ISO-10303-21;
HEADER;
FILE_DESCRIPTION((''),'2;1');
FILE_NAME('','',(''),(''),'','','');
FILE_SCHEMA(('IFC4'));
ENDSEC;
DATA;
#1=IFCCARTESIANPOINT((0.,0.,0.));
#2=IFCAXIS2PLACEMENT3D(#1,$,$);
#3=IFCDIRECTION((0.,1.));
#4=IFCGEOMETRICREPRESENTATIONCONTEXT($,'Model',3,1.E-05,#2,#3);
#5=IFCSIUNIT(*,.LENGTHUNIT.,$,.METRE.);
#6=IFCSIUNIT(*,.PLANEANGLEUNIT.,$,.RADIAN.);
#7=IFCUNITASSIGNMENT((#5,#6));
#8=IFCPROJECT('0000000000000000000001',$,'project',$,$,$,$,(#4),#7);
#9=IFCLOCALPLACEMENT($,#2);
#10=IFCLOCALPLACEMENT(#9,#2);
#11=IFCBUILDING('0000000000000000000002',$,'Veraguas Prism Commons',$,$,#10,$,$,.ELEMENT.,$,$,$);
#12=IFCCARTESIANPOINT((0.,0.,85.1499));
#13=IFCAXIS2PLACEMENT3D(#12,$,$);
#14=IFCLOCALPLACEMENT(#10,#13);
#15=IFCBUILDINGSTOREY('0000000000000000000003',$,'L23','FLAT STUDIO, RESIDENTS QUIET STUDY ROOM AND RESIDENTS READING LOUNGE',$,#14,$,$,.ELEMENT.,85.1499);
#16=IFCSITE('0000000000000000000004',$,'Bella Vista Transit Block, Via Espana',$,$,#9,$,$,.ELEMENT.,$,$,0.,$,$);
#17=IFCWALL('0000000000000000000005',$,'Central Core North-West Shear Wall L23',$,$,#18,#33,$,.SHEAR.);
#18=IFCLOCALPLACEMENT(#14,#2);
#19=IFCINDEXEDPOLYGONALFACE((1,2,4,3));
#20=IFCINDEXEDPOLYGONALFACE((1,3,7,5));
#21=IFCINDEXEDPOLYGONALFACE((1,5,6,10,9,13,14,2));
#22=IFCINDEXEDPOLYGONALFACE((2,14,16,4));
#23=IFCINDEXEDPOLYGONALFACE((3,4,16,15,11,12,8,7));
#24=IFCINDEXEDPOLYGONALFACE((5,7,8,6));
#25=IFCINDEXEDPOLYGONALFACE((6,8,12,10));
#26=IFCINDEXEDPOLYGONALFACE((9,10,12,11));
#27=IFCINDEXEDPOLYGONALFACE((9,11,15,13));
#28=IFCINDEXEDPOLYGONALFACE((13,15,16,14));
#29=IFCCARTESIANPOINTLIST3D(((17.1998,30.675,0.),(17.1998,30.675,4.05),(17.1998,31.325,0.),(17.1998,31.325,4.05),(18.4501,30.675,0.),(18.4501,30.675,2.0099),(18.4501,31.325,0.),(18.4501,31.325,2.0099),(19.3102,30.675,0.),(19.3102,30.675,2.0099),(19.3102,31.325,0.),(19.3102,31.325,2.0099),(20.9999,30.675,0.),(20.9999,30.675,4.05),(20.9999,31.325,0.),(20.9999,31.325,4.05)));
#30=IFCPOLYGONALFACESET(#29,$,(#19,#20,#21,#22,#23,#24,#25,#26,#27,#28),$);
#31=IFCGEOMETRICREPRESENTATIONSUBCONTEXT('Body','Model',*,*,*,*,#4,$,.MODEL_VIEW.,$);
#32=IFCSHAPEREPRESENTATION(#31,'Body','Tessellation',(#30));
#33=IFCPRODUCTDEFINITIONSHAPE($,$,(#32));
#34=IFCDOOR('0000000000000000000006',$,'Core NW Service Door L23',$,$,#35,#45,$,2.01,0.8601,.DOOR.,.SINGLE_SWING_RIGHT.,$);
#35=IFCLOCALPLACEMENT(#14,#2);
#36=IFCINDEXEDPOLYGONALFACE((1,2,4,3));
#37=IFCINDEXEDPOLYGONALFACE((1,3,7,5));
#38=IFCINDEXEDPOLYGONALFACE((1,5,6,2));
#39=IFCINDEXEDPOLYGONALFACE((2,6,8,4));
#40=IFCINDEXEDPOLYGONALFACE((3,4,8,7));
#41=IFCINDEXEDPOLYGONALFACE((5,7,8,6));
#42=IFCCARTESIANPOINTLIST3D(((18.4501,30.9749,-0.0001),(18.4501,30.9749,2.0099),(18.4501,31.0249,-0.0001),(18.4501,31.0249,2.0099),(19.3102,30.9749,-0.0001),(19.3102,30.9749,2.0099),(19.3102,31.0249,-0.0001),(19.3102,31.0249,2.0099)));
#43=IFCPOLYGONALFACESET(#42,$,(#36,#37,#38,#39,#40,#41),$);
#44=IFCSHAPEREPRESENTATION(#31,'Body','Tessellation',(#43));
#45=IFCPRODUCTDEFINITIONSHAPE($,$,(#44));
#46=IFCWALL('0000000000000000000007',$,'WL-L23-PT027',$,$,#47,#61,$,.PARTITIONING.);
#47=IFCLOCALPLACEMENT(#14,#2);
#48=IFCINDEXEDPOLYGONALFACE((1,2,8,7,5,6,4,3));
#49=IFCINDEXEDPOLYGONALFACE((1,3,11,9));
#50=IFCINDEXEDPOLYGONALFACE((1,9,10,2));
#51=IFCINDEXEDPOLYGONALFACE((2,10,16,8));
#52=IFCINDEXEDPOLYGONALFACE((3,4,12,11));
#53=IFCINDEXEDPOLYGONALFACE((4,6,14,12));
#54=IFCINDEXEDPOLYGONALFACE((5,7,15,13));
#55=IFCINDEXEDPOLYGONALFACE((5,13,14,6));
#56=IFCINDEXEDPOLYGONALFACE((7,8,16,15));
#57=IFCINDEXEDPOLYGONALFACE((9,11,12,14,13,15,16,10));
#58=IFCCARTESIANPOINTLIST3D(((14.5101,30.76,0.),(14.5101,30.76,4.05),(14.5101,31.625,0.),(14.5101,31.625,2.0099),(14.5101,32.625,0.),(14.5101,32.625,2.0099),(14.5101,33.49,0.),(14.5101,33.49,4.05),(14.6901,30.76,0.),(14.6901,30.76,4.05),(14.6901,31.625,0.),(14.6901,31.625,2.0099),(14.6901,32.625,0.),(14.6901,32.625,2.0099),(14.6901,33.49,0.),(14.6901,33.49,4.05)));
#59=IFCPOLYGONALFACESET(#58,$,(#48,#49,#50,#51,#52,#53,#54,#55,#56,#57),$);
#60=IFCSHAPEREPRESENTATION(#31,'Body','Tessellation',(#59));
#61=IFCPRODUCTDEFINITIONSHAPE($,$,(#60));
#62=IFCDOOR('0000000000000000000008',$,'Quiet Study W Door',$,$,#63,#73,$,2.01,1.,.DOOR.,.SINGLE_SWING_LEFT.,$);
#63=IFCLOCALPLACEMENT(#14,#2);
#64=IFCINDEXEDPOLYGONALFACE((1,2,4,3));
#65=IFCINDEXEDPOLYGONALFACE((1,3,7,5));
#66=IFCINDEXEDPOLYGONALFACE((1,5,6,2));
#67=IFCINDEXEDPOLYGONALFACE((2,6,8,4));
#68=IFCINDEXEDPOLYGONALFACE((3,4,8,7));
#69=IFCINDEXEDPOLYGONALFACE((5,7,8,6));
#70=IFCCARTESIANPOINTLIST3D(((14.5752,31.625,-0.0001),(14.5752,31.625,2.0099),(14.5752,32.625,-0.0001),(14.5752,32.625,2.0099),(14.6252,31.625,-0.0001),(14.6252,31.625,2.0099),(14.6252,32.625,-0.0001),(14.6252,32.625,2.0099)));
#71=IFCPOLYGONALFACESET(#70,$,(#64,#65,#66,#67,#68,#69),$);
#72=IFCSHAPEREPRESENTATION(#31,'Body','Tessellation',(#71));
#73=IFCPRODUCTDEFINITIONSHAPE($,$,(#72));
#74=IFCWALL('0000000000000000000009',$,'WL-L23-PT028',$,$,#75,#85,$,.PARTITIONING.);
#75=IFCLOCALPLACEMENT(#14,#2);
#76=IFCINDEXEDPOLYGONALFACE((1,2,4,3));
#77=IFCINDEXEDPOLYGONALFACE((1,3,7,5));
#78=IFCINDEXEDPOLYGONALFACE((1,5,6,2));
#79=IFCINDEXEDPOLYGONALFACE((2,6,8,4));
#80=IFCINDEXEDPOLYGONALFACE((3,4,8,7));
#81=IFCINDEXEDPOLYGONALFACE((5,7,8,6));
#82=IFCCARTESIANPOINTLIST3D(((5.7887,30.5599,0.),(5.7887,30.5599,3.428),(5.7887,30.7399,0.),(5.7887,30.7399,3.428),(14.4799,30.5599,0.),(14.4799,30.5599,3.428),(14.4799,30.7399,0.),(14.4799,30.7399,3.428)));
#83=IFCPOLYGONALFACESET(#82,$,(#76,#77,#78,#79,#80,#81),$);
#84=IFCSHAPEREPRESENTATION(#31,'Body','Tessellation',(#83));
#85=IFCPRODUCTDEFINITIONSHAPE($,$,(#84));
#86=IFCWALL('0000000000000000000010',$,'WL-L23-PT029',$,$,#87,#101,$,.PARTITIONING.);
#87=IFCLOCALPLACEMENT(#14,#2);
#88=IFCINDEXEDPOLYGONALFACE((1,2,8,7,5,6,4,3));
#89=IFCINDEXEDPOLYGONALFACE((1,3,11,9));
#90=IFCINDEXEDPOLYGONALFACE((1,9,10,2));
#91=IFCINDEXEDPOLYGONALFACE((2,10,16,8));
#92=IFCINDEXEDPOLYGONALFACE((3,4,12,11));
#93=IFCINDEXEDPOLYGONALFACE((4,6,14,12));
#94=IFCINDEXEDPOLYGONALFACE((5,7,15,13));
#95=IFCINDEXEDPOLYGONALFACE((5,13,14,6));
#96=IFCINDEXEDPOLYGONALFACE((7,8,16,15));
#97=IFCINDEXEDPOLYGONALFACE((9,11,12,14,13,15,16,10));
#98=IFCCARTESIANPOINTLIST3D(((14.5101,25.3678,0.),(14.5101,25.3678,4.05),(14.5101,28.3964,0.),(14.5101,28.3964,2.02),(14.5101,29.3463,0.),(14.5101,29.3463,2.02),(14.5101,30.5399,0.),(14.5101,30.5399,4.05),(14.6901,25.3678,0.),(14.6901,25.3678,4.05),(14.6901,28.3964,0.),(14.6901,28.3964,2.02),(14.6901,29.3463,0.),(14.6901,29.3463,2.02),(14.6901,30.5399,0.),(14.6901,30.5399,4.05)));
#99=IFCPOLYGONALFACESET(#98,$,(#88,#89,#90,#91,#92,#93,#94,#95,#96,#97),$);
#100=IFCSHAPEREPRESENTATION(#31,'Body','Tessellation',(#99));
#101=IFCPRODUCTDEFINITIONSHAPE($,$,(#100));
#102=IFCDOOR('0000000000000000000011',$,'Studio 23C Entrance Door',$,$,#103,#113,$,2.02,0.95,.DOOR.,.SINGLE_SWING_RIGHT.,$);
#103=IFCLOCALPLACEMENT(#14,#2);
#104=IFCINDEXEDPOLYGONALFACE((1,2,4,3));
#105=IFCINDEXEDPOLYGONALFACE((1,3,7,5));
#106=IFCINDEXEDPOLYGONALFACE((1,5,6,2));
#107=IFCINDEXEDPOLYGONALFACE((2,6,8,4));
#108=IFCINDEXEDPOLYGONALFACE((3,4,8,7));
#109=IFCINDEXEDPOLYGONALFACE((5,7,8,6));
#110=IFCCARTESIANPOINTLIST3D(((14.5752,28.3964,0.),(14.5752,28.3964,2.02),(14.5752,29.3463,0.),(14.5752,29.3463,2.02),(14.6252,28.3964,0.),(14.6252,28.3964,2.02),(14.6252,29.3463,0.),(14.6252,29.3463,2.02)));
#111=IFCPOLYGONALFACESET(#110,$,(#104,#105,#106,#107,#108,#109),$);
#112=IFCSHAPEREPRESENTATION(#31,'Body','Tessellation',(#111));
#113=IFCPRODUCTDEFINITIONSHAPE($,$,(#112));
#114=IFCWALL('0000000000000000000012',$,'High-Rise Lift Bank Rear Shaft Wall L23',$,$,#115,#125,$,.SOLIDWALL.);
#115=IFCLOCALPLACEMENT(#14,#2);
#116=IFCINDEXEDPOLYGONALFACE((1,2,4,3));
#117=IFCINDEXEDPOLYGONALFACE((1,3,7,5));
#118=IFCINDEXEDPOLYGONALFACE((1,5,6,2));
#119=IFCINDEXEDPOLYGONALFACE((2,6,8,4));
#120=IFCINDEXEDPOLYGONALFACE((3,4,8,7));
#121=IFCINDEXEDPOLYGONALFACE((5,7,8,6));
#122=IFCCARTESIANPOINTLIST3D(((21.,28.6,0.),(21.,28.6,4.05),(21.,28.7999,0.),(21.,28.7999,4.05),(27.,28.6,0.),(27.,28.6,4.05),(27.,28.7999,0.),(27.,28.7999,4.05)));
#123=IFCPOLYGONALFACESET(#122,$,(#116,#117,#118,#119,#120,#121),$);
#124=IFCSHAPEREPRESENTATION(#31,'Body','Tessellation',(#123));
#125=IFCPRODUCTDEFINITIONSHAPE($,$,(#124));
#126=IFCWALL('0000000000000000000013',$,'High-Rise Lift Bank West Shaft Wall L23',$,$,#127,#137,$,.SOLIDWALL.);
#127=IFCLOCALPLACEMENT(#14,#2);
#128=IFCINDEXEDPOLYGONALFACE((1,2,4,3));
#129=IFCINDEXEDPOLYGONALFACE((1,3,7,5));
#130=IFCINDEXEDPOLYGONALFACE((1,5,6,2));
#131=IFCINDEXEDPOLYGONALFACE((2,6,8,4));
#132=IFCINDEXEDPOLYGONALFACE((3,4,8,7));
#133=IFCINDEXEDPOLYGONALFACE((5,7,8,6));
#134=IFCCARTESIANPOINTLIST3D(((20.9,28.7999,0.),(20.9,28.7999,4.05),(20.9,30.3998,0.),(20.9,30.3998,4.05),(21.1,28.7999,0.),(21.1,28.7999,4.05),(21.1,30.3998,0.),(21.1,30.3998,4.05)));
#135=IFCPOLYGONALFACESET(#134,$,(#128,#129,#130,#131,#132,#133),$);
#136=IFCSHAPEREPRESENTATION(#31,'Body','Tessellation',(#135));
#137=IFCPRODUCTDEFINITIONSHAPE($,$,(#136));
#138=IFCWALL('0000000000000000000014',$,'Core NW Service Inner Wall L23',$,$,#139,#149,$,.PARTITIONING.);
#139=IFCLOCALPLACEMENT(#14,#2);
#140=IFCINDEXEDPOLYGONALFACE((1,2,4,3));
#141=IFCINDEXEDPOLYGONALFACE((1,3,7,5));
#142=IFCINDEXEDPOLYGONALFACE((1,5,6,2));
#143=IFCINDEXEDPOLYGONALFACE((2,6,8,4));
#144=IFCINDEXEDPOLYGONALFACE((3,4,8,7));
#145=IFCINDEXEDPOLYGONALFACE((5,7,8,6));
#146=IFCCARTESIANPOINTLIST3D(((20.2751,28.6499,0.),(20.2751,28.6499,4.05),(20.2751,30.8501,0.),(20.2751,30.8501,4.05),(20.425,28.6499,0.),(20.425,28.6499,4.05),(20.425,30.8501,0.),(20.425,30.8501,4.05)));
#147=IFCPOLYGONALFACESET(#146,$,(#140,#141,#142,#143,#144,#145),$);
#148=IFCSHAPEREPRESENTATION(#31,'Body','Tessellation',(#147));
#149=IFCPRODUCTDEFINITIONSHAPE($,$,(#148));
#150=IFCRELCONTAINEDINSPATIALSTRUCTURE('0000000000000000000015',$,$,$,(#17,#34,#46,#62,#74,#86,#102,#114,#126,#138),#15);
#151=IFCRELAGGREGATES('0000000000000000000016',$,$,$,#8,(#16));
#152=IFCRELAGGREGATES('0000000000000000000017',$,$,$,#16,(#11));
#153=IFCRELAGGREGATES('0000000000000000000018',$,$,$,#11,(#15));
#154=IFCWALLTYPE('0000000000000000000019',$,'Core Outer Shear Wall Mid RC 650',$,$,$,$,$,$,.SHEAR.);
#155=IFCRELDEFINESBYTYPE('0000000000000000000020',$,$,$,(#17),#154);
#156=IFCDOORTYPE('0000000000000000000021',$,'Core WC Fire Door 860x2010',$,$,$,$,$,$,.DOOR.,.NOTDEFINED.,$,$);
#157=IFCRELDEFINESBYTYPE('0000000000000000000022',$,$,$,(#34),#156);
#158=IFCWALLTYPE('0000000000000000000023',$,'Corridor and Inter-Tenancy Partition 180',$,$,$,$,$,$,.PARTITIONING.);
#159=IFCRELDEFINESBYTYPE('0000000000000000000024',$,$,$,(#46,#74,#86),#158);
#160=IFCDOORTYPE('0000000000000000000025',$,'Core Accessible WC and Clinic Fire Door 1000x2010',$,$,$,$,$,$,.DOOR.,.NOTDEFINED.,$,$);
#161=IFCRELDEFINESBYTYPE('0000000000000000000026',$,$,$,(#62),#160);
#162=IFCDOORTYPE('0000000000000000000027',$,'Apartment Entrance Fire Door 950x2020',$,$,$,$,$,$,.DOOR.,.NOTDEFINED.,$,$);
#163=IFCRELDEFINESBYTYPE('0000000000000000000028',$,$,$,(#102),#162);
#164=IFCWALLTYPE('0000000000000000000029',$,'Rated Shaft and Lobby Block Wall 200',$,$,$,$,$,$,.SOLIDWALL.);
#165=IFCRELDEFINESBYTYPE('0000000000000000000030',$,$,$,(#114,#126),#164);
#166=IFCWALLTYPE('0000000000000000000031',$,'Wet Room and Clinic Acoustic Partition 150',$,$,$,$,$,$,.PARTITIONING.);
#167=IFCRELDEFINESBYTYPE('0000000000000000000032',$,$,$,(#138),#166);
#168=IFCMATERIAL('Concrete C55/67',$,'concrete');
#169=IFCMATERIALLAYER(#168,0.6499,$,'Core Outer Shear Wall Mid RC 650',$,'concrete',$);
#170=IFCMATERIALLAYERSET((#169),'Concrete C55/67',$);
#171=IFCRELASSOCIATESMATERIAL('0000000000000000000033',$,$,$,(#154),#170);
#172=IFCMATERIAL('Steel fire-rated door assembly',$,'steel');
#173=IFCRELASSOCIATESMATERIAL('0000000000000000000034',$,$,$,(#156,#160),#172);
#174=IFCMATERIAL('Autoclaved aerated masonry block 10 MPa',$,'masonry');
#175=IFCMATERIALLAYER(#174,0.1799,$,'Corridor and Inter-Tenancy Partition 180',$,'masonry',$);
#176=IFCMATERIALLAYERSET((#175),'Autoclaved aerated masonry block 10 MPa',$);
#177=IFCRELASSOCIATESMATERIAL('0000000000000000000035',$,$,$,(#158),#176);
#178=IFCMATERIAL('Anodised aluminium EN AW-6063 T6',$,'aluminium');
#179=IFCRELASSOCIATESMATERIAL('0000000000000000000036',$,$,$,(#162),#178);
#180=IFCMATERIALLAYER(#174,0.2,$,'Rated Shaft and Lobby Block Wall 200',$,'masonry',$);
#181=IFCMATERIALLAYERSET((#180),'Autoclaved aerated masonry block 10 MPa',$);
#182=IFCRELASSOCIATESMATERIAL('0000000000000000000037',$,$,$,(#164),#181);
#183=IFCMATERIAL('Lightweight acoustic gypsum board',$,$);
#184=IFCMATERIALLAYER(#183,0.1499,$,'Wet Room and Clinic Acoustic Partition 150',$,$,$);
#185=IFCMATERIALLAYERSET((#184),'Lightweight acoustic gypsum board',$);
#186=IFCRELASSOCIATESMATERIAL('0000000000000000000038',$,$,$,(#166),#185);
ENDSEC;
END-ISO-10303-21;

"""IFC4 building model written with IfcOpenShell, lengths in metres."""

from ifc_helpers import new_model, si_unit, direction, frame, frame_2d, origin, place, context, subcontext, project, spatial, rectangle, extrude, source, transform, mapped, material, layer, layer_set, type_object, element, fill, save


model = new_model("IFC4")

# Units and contexts
model_context = context("Model", 3, precision=1e-05, world=origin(), true_north=direction((0.0, 1.0)))
body_context = subcontext(model_context, "Body", "Model", "MODEL_VIEW")
ifc_project = project(units=[si_unit("LENGTHUNIT", "METRE"), si_unit("PLANEANGLEUNIT", "RADIAN")], contexts=[model_context])

# Site, building, storey
site_placement = place(None, origin())
site = spatial("IfcSite", under=ifc_project, at=site_placement, Name="Bella Vista Transit Block, Via Espana", CompositionType="ELEMENT", RefElevation=0.0)
building_placement = place(site_placement, origin())
building = spatial("IfcBuilding", under=site, at=building_placement, Name="Veraguas Prism Commons", CompositionType="ELEMENT")
storey_placement = place(building_placement, frame((0.0, 0.0, 85.1499)))
storey = spatial("IfcBuildingStorey", under=building, at=storey_placement, Name="L23", Description="FLAT STUDIO, RESIDENTS QUIET STUDY ROOM AND RESIDENTS READING LOUNGE", CompositionType="ELEMENT", Elevation=85.1499)

# Walls, openings, doors
ifc_material_1 = material(Name="Concrete C55/67", Category="concrete")
ifc_layer_1 = layer(ifc_material_1, 0.6499, Name="Core Outer Shear Wall Mid RC 650", Category="concrete")
ifc_layer_set_1 = layer_set([ifc_layer_1], Name="Concrete C55/67")
wall_type_1 = type_object("IfcWallType", Name="Core Outer Shear Wall Mid RC 650", PredefinedType="SHEAR", material=ifc_layer_set_1)
wall_1_placement = place(storey_placement, frame((17.2, 31.0, 0.0), z_axis=(0.0, 0.0, 1.0), x_axis=(1.0, 0.0, 0.0)))
wall_1 = element("IfcWall", 1, at=wall_1_placement, inside=storey, type_object=wall_type_1, Name="Central Core North-West Shear Wall L23", PredefinedType="SHEAR", context=body_context, shape_type="SweptSolid", body=[
    extrude(rectangle(XDim=3.8, YDim=0.6499, at=frame_2d((1.8999, 0.0))), origin(), (0.0, 0.0, 1.0), 4.05),
])
opening_1_placement = place(wall_1_placement, frame((1.25, 0.0, 0.0)))
opening_1 = element("IfcOpeningElement", 2, at=opening_1_placement, cuts=wall_1, PredefinedType="OPENING", context=body_context, shape_type="SweptSolid", body=[
    extrude(rectangle(XDim=0.8601, YDim=2.01, at=frame_2d((0.4302, 1.0049))), frame((0.0, 0.335, 0.0), z_axis=(0.0, -1.0, 0.0), x_axis=(1.0, 0.0, 0.0)), (0.0, 0.0, 1.0), 0.6699),
])
ifc_material_2 = material(Name="Steel fire-rated door assembly", Category="steel")
door_type_1 = type_object("IfcDoorType", Name="Core WC Fire Door 860x2010", OperationType="NOTDEFINED", PredefinedType="DOOR", material=ifc_material_2)
shared_shape_1 = source(origin(), body_context, "Body", "SweptSolid", [
    extrude(rectangle(XDim=0.8601, YDim=2.01, at=frame_2d((0.4302, 1.0049))), frame((0.0, 0.0249, 0.0), z_axis=(0.0, -1.0, 0.0), x_axis=(1.0, 0.0, 0.0)), (0.0, 0.0, 1.0), 0.05),
])
door_1_placement = place(opening_1_placement, origin())
door_1 = element("IfcDoor", 3, at=door_1_placement, inside=storey, type_object=door_type_1, Name="Core NW Service Door L23", OperationType="SINGLE_SWING_RIGHT", OverallHeight=2.01, OverallWidth=0.8601, PredefinedType="DOOR", context=body_context, shape_type="MappedRepresentation", body=[
    mapped(shared_shape_1, transform((0.0, 0.0, 0.0), scale=1.0)),
])
fill(opening_1, door_1)
ifc_material_3 = material(Name="Autoclaved aerated masonry block 10 MPa", Category="masonry")
ifc_layer_2 = layer(ifc_material_3, 0.1799, Name="Corridor and Inter-Tenancy Partition 180", Category="masonry")
ifc_layer_set_2 = layer_set([ifc_layer_2], Name="Autoclaved aerated masonry block 10 MPa")
wall_type_2 = type_object("IfcWallType", Name="Corridor and Inter-Tenancy Partition 180", PredefinedType="PARTITIONING", material=ifc_layer_set_2)
wall_2_placement = place(storey_placement, frame((14.6001, 30.76, 0.0), z_axis=(0.0, 0.0, 1.0), x_axis=(0.0, 1.0, 0.0)))
wall_2 = element("IfcWall", 4, at=wall_2_placement, inside=storey, type_object=wall_type_2, Name="WL-L23-PT027", PredefinedType="PARTITIONING", context=body_context, shape_type="SweptSolid", body=[
    extrude(rectangle(XDim=2.73, YDim=0.1799, at=frame_2d((1.365, 0.0))), origin(), (0.0, 0.0, 1.0), 4.05),
])
opening_2_placement = place(wall_2_placement, frame((0.865, 0.0, 0.0)))
opening_2 = element("IfcOpeningElement", 5, at=opening_2_placement, cuts=wall_2, PredefinedType="OPENING", context=body_context, shape_type="SweptSolid", body=[
    extrude(rectangle(XDim=1.0, YDim=2.01, at=frame_2d((0.5, 1.0049))), frame((0.0, 0.0999, 0.0), z_axis=(0.0, -1.0, 0.0), x_axis=(1.0, 0.0, 0.0)), (0.0, 0.0, 1.0), 0.2),
])
door_type_2 = type_object("IfcDoorType", Name="Core Accessible WC and Clinic Fire Door 1000x2010", OperationType="NOTDEFINED", PredefinedType="DOOR", material=ifc_material_2)
shared_shape_2 = source(origin(), body_context, "Body", "SweptSolid", [
    extrude(rectangle(XDim=1.0, YDim=2.01, at=frame_2d((0.5, 1.0049))), frame((0.0, 0.0249, 0.0), z_axis=(0.0, -1.0, 0.0), x_axis=(1.0, 0.0, 0.0)), (0.0, 0.0, 1.0), 0.05),
])
door_2_placement = place(opening_2_placement, origin())
door_2 = element("IfcDoor", 6, at=door_2_placement, inside=storey, type_object=door_type_2, Name="Quiet Study W Door", OperationType="SINGLE_SWING_LEFT", OverallHeight=2.01, OverallWidth=1.0, PredefinedType="DOOR", context=body_context, shape_type="MappedRepresentation", body=[
    mapped(shared_shape_2, transform((0.0, 0.0, 0.0), scale=1.0)),
])
fill(opening_2, door_2)

# Wall
wall_3_placement = place(storey_placement, frame((14.48, 30.6499, 0.0), z_axis=(0.0, 0.0, 1.0), x_axis=(-1.0, 0.0, 0.0)))
element("IfcWall", 7, at=wall_3_placement, inside=storey, type_object=wall_type_2, Name="WL-L23-PT028", PredefinedType="PARTITIONING", context=body_context, shape_type="SweptSolid", body=[
    extrude(rectangle(XDim=8.6912, YDim=0.1799, at=frame_2d((4.3457, 0.0))), origin(), (0.0, 0.0, 1.0), 3.428),
])

# Wall, opening, door
wall_4_placement = place(storey_placement, frame((14.6001, 25.3679, 0.0), z_axis=(0.0, 0.0, 1.0), x_axis=(0.0, 1.0, 0.0)))
wall_4 = element("IfcWall", 8, at=wall_4_placement, inside=storey, type_object=wall_type_2, Name="WL-L23-PT029", PredefinedType="PARTITIONING", context=body_context, shape_type="SweptSolid", body=[
    extrude(rectangle(XDim=5.1721, YDim=0.1799, at=frame_2d((2.5859, 0.0))), origin(), (0.0, 0.0, 1.0), 4.05),
])
opening_3_placement = place(wall_4_placement, frame((3.0283, 0.0, 0.0)))
opening_3 = element("IfcOpeningElement", 9, at=opening_3_placement, cuts=wall_4, PredefinedType="OPENING", context=body_context, shape_type="SweptSolid", body=[
    extrude(rectangle(XDim=0.95, YDim=2.02, at=frame_2d((0.4751, 1.01))), frame((0.0, 0.0999, 0.0), z_axis=(0.0, -1.0, 0.0), x_axis=(1.0, 0.0, 0.0)), (0.0, 0.0, 1.0), 0.2),
])
ifc_material_4 = material(Name="Anodised aluminium EN AW-6063 T6", Category="aluminium")
door_type_3 = type_object("IfcDoorType", Name="Apartment Entrance Fire Door 950x2020", OperationType="NOTDEFINED", PredefinedType="DOOR", material=ifc_material_4)
shared_shape_3 = source(origin(), body_context, "Body", "SweptSolid", [
    extrude(rectangle(XDim=0.95, YDim=2.02, at=frame_2d((0.4751, 1.01))), frame((0.0, 0.0249, 0.0), z_axis=(0.0, -1.0, 0.0), x_axis=(1.0, 0.0, 0.0)), (0.0, 0.0, 1.0), 0.05),
])
door_3_placement = place(opening_3_placement, origin())
door_3 = element("IfcDoor", 10, at=door_3_placement, inside=storey, type_object=door_type_3, Name="Studio 23C Entrance Door", OperationType="SINGLE_SWING_RIGHT", OverallHeight=2.02, OverallWidth=0.95, PredefinedType="DOOR", context=body_context, shape_type="MappedRepresentation", body=[
    mapped(shared_shape_3, transform((0.0, 0.0, 0.0), scale=1.0)),
])
fill(opening_3, door_3)

# Walls
ifc_layer_3 = layer(ifc_material_3, 0.2, Name="Rated Shaft and Lobby Block Wall 200", Category="masonry")
ifc_layer_set_3 = layer_set([ifc_layer_3], Name="Autoclaved aerated masonry block 10 MPa")
wall_type_3 = type_object("IfcWallType", Name="Rated Shaft and Lobby Block Wall 200", PredefinedType="SOLIDWALL", material=ifc_layer_set_3)
wall_5_placement = place(storey_placement, frame((21.0, 28.7, 0.0), z_axis=(0.0, 0.0, 1.0), x_axis=(1.0, 0.0, 0.0)))
element("IfcWall", 11, at=wall_5_placement, inside=storey, type_object=wall_type_3, Name="High-Rise Lift Bank Rear Shaft Wall L23", PredefinedType="SOLIDWALL", context=body_context, shape_type="SweptSolid", body=[
    extrude(rectangle(XDim=6.0, YDim=0.2, at=frame_2d((3.0, 0.0))), origin(), (0.0, 0.0, 1.0), 4.05),
])
wall_6_placement = place(storey_placement, frame((21.0, 28.8, 0.0), z_axis=(0.0, 0.0, 1.0), x_axis=(0.0, 1.0, 0.0)))
element("IfcWall", 12, at=wall_6_placement, inside=storey, type_object=wall_type_3, Name="High-Rise Lift Bank West Shaft Wall L23", PredefinedType="SOLIDWALL", context=body_context, shape_type="SweptSolid", body=[
    extrude(rectangle(XDim=1.5999, YDim=0.2, at=frame_2d((0.7998, 0.0))), origin(), (0.0, 0.0, 1.0), 4.05),
])
ifc_material_5 = material(Name="Lightweight acoustic gypsum board")
ifc_layer_4 = layer(ifc_material_5, 0.1499, Name="Wet Room and Clinic Acoustic Partition 150")
ifc_layer_set_4 = layer_set([ifc_layer_4], Name="Lightweight acoustic gypsum board")
wall_type_4 = type_object("IfcWallType", Name="Wet Room and Clinic Acoustic Partition 150", PredefinedType="PARTITIONING", material=ifc_layer_set_4)
wall_7_placement = place(storey_placement, frame((20.3501, 28.6499, 0.0), z_axis=(0.0, 0.0, 1.0), x_axis=(0.0, 1.0, 0.0)))
element("IfcWall", 13, at=wall_7_placement, inside=storey, type_object=wall_type_4, Name="Core NW Service Inner Wall L23", PredefinedType="PARTITIONING", context=body_context, shape_type="SweptSolid", body=[
    extrude(rectangle(XDim=2.2002, YDim=0.1499, at=frame_2d((1.1001, 0.0))), origin(), (0.0, 0.0, 1.0), 4.05),
])

save(model, "model.ifc")
